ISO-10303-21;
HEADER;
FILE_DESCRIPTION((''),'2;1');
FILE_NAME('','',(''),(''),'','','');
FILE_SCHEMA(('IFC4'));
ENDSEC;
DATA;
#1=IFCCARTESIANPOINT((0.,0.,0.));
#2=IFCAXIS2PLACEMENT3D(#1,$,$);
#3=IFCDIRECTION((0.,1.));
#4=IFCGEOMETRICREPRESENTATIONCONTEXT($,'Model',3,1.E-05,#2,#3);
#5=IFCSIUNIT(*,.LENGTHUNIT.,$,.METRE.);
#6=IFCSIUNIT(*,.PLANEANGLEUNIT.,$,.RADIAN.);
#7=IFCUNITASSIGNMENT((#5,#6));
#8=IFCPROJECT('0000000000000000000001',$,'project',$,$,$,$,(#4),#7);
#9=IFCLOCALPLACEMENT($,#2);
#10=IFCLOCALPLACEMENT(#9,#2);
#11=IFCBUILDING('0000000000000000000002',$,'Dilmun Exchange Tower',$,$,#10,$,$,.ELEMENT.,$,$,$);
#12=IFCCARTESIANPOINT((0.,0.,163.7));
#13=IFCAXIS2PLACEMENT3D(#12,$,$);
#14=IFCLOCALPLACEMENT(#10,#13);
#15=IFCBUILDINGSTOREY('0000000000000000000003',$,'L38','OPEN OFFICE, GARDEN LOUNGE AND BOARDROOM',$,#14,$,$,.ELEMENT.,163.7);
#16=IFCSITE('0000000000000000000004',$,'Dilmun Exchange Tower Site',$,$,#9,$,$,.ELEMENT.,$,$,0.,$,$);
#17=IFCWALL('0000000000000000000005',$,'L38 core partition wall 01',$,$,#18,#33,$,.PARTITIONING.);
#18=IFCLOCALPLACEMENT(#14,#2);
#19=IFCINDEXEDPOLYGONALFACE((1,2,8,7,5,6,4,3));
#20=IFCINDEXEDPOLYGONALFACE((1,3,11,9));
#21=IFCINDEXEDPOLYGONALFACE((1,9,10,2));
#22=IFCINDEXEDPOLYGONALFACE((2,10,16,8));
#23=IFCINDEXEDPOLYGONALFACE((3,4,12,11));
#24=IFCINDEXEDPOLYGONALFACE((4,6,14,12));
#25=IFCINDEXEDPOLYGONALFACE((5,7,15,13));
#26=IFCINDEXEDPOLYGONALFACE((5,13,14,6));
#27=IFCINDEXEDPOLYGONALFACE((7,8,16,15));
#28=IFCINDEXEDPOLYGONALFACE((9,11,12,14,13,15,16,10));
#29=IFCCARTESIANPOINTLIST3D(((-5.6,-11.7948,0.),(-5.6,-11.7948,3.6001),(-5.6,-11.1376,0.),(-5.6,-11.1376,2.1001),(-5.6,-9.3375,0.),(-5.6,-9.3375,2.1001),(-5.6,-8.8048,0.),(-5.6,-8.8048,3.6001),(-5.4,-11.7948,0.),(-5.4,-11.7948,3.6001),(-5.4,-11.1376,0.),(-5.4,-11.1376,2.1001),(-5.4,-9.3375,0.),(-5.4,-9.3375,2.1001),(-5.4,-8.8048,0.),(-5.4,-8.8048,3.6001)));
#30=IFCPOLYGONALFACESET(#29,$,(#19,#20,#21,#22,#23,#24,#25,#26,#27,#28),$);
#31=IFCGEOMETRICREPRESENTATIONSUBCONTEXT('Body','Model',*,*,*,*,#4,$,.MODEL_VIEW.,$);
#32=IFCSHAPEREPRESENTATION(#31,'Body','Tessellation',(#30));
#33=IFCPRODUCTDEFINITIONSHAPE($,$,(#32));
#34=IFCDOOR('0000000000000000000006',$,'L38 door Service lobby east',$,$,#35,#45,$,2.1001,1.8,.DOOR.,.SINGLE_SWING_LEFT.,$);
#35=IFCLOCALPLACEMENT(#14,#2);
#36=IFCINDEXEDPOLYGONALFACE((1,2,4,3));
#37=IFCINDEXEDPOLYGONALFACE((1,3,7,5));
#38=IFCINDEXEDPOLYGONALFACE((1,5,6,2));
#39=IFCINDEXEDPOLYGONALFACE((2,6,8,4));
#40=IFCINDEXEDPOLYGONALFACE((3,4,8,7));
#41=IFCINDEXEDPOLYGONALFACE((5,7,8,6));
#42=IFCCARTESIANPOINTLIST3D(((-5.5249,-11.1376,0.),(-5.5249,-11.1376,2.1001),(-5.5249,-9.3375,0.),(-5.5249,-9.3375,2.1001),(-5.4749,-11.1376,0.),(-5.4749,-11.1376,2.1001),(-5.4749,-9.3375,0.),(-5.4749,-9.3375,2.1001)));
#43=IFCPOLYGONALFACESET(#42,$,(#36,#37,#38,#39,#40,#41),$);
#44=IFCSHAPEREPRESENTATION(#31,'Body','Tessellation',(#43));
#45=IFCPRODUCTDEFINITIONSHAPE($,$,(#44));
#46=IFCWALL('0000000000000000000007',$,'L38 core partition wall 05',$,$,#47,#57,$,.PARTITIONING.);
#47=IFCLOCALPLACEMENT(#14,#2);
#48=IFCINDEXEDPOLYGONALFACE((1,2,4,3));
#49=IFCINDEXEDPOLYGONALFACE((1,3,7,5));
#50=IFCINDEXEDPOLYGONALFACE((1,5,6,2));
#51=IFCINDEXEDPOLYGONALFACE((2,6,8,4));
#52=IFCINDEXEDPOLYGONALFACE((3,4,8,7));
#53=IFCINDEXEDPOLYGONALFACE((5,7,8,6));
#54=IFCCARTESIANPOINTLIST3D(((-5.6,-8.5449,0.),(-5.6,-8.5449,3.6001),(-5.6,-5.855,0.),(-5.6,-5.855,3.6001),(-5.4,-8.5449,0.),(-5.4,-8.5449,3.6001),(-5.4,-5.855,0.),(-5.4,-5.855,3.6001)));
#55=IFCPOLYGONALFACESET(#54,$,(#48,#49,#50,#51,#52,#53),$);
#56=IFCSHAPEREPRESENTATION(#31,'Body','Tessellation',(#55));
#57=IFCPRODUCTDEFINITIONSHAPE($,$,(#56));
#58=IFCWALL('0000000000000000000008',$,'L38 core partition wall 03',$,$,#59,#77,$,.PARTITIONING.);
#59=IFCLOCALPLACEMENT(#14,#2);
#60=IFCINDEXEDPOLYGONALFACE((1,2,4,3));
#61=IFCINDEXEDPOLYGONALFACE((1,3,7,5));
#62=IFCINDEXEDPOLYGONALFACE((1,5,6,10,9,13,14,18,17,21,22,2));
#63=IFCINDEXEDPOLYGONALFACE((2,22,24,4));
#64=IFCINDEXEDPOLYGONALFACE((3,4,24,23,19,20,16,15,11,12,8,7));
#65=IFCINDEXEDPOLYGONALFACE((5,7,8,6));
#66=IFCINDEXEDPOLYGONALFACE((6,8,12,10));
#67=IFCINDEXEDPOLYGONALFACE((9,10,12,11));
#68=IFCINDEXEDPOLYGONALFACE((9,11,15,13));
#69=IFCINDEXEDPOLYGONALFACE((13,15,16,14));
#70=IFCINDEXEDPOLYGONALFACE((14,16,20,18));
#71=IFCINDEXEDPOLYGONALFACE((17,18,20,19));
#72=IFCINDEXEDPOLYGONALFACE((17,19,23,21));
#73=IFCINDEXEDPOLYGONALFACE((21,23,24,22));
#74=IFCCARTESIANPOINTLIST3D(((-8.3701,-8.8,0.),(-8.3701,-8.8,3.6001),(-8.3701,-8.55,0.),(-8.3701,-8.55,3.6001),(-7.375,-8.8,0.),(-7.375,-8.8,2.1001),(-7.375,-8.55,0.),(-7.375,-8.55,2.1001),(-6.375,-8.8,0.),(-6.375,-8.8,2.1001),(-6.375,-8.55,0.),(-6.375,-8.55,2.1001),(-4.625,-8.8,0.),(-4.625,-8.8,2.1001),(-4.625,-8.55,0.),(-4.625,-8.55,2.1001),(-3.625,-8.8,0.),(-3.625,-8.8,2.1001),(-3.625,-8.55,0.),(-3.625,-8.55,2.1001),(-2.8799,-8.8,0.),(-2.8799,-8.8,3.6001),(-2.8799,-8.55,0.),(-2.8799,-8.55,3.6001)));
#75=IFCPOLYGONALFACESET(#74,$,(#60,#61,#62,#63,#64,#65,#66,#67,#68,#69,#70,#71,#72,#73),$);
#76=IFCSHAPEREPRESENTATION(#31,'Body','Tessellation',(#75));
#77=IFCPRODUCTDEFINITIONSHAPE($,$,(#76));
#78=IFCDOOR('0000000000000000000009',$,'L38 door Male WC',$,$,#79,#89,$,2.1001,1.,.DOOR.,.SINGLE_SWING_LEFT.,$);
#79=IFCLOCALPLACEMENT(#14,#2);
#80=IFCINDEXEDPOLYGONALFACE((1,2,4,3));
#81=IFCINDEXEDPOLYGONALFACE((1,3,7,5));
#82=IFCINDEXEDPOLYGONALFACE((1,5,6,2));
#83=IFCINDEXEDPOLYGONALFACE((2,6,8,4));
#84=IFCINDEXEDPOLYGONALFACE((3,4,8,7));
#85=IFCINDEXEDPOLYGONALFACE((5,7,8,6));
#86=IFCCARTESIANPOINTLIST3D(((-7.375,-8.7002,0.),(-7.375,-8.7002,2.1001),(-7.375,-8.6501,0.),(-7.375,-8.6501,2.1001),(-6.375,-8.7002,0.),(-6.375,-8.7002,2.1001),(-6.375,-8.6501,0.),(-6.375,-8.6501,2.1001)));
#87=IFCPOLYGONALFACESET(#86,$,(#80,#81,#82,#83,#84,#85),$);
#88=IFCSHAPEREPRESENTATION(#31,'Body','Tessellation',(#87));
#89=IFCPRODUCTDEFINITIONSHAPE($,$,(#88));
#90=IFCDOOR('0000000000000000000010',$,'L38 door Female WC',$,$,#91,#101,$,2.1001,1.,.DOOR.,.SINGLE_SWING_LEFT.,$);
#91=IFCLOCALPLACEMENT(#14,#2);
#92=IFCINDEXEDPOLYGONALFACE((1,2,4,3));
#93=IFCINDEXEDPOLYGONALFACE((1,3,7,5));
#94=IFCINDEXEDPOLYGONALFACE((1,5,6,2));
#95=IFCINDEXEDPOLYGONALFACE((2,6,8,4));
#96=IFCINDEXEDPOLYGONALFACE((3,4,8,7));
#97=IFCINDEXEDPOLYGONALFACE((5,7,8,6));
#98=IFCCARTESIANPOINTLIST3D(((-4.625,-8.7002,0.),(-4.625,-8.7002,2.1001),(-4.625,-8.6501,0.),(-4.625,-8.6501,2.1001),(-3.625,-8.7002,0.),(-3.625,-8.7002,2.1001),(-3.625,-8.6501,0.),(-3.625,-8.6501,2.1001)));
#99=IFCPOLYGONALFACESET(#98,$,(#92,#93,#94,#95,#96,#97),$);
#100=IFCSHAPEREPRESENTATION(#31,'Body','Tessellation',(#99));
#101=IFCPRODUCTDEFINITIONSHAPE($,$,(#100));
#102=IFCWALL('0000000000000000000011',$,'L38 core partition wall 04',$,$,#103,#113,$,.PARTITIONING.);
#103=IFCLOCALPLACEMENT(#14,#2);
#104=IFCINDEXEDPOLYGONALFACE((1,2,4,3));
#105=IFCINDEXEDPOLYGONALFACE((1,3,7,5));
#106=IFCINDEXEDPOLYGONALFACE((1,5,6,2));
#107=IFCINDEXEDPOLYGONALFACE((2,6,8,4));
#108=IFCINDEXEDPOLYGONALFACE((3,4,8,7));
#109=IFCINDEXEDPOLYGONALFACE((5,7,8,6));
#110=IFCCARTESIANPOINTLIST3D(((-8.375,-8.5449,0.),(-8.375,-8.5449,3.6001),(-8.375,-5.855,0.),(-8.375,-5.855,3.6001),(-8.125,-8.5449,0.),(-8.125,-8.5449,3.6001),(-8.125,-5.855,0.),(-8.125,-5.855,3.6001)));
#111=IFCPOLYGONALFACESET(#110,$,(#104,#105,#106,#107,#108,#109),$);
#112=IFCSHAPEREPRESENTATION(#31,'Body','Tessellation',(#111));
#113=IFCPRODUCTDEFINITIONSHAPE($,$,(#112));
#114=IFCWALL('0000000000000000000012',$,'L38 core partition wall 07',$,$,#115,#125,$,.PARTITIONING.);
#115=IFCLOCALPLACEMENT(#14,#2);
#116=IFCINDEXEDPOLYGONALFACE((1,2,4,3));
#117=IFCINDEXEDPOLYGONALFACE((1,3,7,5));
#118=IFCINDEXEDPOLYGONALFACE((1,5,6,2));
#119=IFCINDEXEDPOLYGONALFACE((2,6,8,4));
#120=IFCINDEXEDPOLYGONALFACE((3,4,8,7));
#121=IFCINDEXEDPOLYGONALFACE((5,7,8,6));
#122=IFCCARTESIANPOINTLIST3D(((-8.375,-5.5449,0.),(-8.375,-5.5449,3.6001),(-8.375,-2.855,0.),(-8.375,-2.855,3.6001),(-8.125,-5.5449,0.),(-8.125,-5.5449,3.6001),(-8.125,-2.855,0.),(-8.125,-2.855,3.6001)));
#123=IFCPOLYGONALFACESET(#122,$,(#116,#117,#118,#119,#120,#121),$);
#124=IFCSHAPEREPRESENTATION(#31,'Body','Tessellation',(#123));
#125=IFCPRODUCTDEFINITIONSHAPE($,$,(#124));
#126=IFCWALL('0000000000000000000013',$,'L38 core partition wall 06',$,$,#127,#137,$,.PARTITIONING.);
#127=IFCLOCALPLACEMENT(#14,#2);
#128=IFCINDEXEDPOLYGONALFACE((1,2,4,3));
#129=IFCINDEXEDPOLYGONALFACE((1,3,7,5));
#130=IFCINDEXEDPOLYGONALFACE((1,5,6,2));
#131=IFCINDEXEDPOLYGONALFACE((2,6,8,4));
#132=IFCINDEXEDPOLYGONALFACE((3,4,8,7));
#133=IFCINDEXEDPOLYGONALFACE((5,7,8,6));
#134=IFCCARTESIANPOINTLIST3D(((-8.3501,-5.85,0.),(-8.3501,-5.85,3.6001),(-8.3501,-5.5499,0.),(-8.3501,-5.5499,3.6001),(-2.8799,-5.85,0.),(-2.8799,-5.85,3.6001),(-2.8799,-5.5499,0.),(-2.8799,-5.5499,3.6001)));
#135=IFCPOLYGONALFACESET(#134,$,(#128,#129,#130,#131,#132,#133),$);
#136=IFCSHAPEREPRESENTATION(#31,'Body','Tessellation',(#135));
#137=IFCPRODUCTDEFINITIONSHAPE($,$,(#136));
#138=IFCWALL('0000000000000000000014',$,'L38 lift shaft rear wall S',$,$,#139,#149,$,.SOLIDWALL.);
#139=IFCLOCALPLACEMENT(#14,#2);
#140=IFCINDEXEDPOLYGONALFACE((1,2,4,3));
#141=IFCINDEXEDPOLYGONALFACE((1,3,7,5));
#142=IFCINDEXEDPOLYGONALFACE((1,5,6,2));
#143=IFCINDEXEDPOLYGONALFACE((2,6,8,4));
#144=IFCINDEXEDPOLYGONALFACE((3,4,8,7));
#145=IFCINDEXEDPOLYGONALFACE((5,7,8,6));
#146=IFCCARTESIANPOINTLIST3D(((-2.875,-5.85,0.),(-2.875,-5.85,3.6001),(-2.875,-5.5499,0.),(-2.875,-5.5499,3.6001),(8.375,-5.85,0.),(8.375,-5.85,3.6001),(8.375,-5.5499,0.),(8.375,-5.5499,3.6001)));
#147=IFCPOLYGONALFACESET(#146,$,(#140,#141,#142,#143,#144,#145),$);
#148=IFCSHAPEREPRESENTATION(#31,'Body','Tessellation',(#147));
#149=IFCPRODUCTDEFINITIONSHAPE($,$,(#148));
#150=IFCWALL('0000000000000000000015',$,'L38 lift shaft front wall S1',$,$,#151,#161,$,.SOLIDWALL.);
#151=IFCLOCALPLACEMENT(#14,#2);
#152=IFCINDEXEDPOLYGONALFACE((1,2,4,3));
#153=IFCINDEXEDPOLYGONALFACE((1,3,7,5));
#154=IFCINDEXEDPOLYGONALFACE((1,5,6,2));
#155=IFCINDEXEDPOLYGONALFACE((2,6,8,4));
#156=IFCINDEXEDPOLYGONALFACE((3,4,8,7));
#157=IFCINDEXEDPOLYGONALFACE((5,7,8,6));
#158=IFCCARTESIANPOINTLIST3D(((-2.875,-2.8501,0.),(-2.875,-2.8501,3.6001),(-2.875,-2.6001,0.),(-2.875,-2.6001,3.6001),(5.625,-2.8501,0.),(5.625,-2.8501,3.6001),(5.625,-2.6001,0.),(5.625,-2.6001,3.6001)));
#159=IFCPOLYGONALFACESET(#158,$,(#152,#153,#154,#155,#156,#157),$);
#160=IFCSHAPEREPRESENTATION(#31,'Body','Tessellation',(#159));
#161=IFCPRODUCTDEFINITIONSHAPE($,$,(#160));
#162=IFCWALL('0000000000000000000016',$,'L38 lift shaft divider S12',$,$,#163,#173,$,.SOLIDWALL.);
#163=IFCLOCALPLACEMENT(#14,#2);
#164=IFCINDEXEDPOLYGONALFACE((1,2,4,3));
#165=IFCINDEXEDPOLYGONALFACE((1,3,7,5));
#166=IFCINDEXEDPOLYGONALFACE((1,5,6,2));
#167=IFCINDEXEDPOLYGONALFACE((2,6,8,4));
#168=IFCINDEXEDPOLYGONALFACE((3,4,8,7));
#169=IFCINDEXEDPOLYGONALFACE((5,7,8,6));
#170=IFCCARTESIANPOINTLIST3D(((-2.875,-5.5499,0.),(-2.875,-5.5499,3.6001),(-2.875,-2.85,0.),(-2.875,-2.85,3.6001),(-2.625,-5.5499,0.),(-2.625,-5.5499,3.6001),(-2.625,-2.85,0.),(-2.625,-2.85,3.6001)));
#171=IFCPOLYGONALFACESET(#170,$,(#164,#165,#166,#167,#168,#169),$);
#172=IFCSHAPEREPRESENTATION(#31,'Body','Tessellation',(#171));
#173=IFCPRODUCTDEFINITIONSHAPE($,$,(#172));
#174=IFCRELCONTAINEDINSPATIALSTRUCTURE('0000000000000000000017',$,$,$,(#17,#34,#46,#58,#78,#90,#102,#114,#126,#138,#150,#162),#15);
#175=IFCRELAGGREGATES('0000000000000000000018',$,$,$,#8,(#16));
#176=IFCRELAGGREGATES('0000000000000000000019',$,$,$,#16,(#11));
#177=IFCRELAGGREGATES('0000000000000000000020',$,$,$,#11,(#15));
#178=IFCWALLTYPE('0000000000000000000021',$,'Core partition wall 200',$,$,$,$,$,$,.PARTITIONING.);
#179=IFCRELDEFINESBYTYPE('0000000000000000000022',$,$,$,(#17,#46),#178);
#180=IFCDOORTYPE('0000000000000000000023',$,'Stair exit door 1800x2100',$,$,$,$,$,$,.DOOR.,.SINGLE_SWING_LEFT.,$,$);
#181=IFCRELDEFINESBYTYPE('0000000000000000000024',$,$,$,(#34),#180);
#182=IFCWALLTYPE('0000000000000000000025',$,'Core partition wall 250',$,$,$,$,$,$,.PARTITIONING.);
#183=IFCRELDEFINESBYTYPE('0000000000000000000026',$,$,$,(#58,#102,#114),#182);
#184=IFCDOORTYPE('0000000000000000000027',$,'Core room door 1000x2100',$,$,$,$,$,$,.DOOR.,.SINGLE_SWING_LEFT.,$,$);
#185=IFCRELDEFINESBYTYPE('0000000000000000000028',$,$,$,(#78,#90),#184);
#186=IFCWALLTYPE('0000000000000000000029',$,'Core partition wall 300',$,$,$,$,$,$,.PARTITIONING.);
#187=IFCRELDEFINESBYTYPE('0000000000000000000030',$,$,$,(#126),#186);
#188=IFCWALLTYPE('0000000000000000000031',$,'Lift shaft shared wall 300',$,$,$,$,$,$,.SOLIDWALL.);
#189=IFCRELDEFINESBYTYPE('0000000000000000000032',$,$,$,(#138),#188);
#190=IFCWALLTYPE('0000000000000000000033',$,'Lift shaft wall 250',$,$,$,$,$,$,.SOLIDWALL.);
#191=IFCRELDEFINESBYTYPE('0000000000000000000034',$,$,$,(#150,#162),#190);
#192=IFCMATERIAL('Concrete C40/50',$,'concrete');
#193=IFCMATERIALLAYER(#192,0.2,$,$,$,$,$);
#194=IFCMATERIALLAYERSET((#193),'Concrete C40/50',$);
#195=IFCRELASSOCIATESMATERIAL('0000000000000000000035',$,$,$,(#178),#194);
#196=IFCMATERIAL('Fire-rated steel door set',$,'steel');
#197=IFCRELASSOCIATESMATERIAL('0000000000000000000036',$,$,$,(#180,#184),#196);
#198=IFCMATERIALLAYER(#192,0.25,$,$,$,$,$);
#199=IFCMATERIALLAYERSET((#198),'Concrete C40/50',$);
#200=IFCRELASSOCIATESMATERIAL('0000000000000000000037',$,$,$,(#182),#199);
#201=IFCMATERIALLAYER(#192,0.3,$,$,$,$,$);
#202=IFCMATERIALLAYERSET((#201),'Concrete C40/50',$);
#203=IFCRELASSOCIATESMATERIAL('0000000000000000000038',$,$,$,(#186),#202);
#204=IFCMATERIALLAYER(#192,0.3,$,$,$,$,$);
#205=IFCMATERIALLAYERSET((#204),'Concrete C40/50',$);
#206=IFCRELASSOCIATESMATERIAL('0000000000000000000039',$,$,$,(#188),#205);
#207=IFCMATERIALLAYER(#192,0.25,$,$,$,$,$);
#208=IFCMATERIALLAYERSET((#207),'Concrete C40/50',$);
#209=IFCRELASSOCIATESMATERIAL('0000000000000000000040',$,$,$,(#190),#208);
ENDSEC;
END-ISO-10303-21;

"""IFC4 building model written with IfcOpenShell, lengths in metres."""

from ifc_helpers import new_model, si_unit, direction, frame, frame_2d, origin, place, context, subcontext, project, spatial, rectangle, extrude, material, layer, layer_set, type_object, element, fill, save


model = new_model("IFC4")

# Units and contexts
model_context = context("Model", 3, precision=1e-05, world=origin(), true_north=direction((0.0, 1.0)))
body_context = subcontext(model_context, "Body", "Model", "MODEL_VIEW")
ifc_project = project(units=[si_unit("LENGTHUNIT", "METRE"), si_unit("PLANEANGLEUNIT", "RADIAN")], contexts=[model_context])

# Site, building, storey
site_placement = place(None, origin())
site = spatial("IfcSite", under=ifc_project, at=site_placement, Name="Dilmun Exchange Tower Site", CompositionType="ELEMENT", RefElevation=0.0)
building_placement = place(site_placement, origin())
building = spatial("IfcBuilding", under=site, at=building_placement, Name="Dilmun Exchange Tower", CompositionType="ELEMENT")
storey_placement = place(building_placement, frame((0.0, 0.0, 163.7)))
storey = spatial("IfcBuildingStorey", under=building, at=storey_placement, Name="L38", Description="OPEN OFFICE, GARDEN LOUNGE AND BOARDROOM", CompositionType="ELEMENT", Elevation=163.7)

# Wall, opening, door
ifc_material_1 = material(Name="Concrete C40/50", Category="concrete")
ifc_layer_1 = layer(ifc_material_1, 0.2)
ifc_layer_set_1 = layer_set([ifc_layer_1], Name="Concrete C40/50")
wall_type_1 = type_object("IfcWallType", Name="Core partition wall 200", PredefinedType="PARTITIONING", material=ifc_layer_set_1)
wall_1_placement = place(storey_placement, frame((-5.5, -11.7949, 0.0), z_axis=(0.0, 0.0, 1.0), x_axis=(0.0, 1.0, 0.0)))
wall_1 = element("IfcWall", 1, at=wall_1_placement, inside=storey, type_object=wall_type_1, Name="L38 core partition wall 01", PredefinedType="PARTITIONING", context=body_context, shape_type="SweptSolid", body=[
    extrude(rectangle(XDim=2.99, YDim=0.2, at=frame_2d((1.4951, 0.0))), origin(), (0.0, 0.0, 1.0), 3.6001),
])
opening_1_placement = place(wall_1_placement, frame((0.6575, 0.0, 0.0)))
opening_1 = element("IfcOpeningElement", 2, at=opening_1_placement, cuts=wall_1, PredefinedType="OPENING", context=body_context, shape_type="SweptSolid", body=[
    extrude(rectangle(XDim=1.8, YDim=2.1001, at=frame_2d((0.8999, 1.05))), frame((0.0, 0.1099, 0.0), z_axis=(0.0, -1.0, 0.0), x_axis=(1.0, 0.0, 0.0)), (0.0, 0.0, 1.0), 0.22),
])
ifc_material_2 = material(Name="Fire-rated steel door set", Category="steel")
door_type_1 = type_object("IfcDoorType", Name="Stair exit door 1800x2100", OperationType="SINGLE_SWING_LEFT", PredefinedType="DOOR", material=ifc_material_2)
door_1_placement = place(opening_1_placement, origin())
door_1 = element("IfcDoor", 3, at=door_1_placement, inside=storey, type_object=door_type_1, Name="L38 door Service lobby east", OperationType="SINGLE_SWING_LEFT", OverallHeight=2.1001, OverallWidth=1.8, PredefinedType="DOOR", context=body_context, shape_type="SweptSolid", body=[
    extrude(rectangle(XDim=1.8, YDim=2.1001, at=frame_2d((0.8999, 1.05))), frame((0.0, 0.0249, 0.0), z_axis=(0.0, -1.0, 0.0), x_axis=(1.0, 0.0, 0.0)), (0.0, 0.0, 1.0), 0.05),
])
fill(opening_1, door_1)

# Wall
wall_2_placement = place(storey_placement, frame((-5.5, -8.5449, 0.0), z_axis=(0.0, 0.0, 1.0), x_axis=(0.0, 1.0, 0.0)))
element("IfcWall", 4, at=wall_2_placement, inside=storey, type_object=wall_type_1, Name="L38 core partition wall 05", PredefinedType="PARTITIONING", context=body_context, shape_type="SweptSolid", body=[
    extrude(rectangle(XDim=2.6899, YDim=0.2, at=frame_2d((1.345, 0.0))), origin(), (0.0, 0.0, 1.0), 3.6001),
])

# Wall, openings, doors
ifc_layer_2 = layer(ifc_material_1, 0.25)
ifc_layer_set_2 = layer_set([ifc_layer_2], Name="Concrete C40/50")
wall_type_2 = type_object("IfcWallType", Name="Core partition wall 250", PredefinedType="PARTITIONING", material=ifc_layer_set_2)
wall_3_placement = place(storey_placement, frame((-8.3701, -8.675, 0.0), z_axis=(0.0, 0.0, 1.0), x_axis=(1.0, 0.0, 0.0)))
wall_3 = element("IfcWall", 5, at=wall_3_placement, inside=storey, type_object=wall_type_2, Name="L38 core partition wall 03", PredefinedType="PARTITIONING", context=body_context, shape_type="SweptSolid", body=[
    extrude(rectangle(XDim=5.4902, YDim=0.25, at=frame_2d((2.7451, 0.0))), origin(), (0.0, 0.0, 1.0), 3.6001),
])
opening_2_placement = place(wall_3_placement, frame((0.9951, 0.0, 0.0)))
opening_2 = element("IfcOpeningElement", 6, at=opening_2_placement, cuts=wall_3, PredefinedType="OPENING", context=body_context, shape_type="SweptSolid", body=[
    extrude(rectangle(XDim=1.0, YDim=2.1001, at=frame_2d((0.5, 1.05))), frame((0.0, 0.135, 0.0), z_axis=(0.0, -1.0, 0.0), x_axis=(1.0, 0.0, 0.0)), (0.0, 0.0, 1.0), 0.27),
])
opening_3_placement = place(wall_3_placement, frame((3.7451, 0.0, 0.0)))
opening_3 = element("IfcOpeningElement", 7, at=opening_3_placement, cuts=wall_3, PredefinedType="OPENING", context=body_context, shape_type="SweptSolid", body=[
    extrude(rectangle(XDim=1.0, YDim=2.1001, at=frame_2d((0.5, 1.05))), frame((0.0, 0.135, 0.0), z_axis=(0.0, -1.0, 0.0), x_axis=(1.0, 0.0, 0.0)), (0.0, 0.0, 1.0), 0.27),
])
door_type_2 = type_object("IfcDoorType", Name="Core room door 1000x2100", OperationType="SINGLE_SWING_LEFT", PredefinedType="DOOR", material=ifc_material_2)
door_2_placement = place(opening_2_placement, origin())
door_2 = element("IfcDoor", 8, at=door_2_placement, inside=storey, type_object=door_type_2, Name="L38 door Male WC", OperationType="SINGLE_SWING_LEFT", OverallHeight=2.1001, OverallWidth=1.0, PredefinedType="DOOR", context=body_context, shape_type="SweptSolid", body=[
    extrude(rectangle(XDim=1.0, YDim=2.1001, at=frame_2d((0.5, 1.05))), frame((0.0, 0.0249, 0.0), z_axis=(0.0, -1.0, 0.0), x_axis=(1.0, 0.0, 0.0)), (0.0, 0.0, 1.0), 0.05),
])
fill(opening_2, door_2)
door_3_placement = place(opening_3_placement, origin())
door_3 = element("IfcDoor", 9, at=door_3_placement, inside=storey, type_object=door_type_2, Name="L38 door Female WC", OperationType="SINGLE_SWING_LEFT", OverallHeight=2.1001, OverallWidth=1.0, PredefinedType="DOOR", context=body_context, shape_type="SweptSolid", body=[
    extrude(rectangle(XDim=1.0, YDim=2.1001, at=frame_2d((0.5, 1.05))), frame((0.0, 0.0249, 0.0), z_axis=(0.0, -1.0, 0.0), x_axis=(1.0, 0.0, 0.0)), (0.0, 0.0, 1.0), 0.05),
])
fill(opening_3, door_3)

# Walls
for number, where, z_axis, x_axis, name in (
    (10, (-8.25, -8.5449, 0.0), (0.0, 0.0, 1.0), (0.0, 1.0, 0.0), "L38 core partition wall 04"),
    (11, (-8.25, -5.5449, 0.0), (0.0, 0.0, 1.0), (0.0, 1.0, 0.0), "L38 core partition wall 07"),
):
    element("IfcWall", number, at=place(storey_placement, frame(where, z_axis=z_axis, x_axis=x_axis)), inside=storey, type_object=wall_type_2, Name=name, PredefinedType="PARTITIONING", context=body_context, shape_type="SweptSolid", body=[
        extrude(rectangle(XDim=2.6899, YDim=0.25, at=frame_2d((1.345, 0.0))), origin(), (0.0, 0.0, 1.0), 3.6001),
    ])
ifc_layer_3 = layer(ifc_material_1, 0.3)
ifc_layer_set_3 = layer_set([ifc_layer_3], Name="Concrete C40/50")
wall_type_3 = type_object("IfcWallType", Name="Core partition wall 300", PredefinedType="PARTITIONING", material=ifc_layer_set_3)
wall_4_placement = place(storey_placement, frame((-8.3501, -5.7, 0.0), z_axis=(0.0, 0.0, 1.0), x_axis=(1.0, 0.0, 0.0)))
element("IfcWall", 12, at=wall_4_placement, inside=storey, type_object=wall_type_3, Name="L38 core partition wall 06", PredefinedType="PARTITIONING", context=body_context, shape_type="SweptSolid", body=[
    extrude(rectangle(XDim=5.4702, YDim=0.3, at=frame_2d((2.7351, 0.0))), origin(), (0.0, 0.0, 1.0), 3.6001),
])
ifc_layer_4 = layer(ifc_material_1, 0.3)
ifc_layer_set_4 = layer_set([ifc_layer_4], Name="Concrete C40/50")
wall_type_4 = type_object("IfcWallType", Name="Lift shaft shared wall 300", PredefinedType="SOLIDWALL", material=ifc_layer_set_4)
wall_5_placement = place(storey_placement, frame((-2.875, -5.7, 0.0), z_axis=(0.0, 0.0, 1.0), x_axis=(1.0, 0.0, 0.0)))
element("IfcWall", 13, at=wall_5_placement, inside=storey, type_object=wall_type_4, Name="L38 lift shaft rear wall S", PredefinedType="SOLIDWALL", context=body_context, shape_type="SweptSolid", body=[
    extrude(rectangle(XDim=11.25, YDim=0.3, at=frame_2d((5.625, 0.0))), origin(), (0.0, 0.0, 1.0), 3.6001),
])
ifc_layer_5 = layer(ifc_material_1, 0.25)
ifc_layer_set_5 = layer_set([ifc_layer_5], Name="Concrete C40/50")
wall_type_5 = type_object("IfcWallType", Name="Lift shaft wall 250", PredefinedType="SOLIDWALL", material=ifc_layer_set_5)
wall_6_placement = place(storey_placement, frame((-2.875, -2.7251, 0.0), z_axis=(0.0, 0.0, 1.0), x_axis=(1.0, 0.0, 0.0)))
element("IfcWall", 14, at=wall_6_placement, inside=storey, type_object=wall_type_5, Name="L38 lift shaft front wall S1", PredefinedType="SOLIDWALL", context=body_context, shape_type="SweptSolid", body=[
    extrude(rectangle(XDim=8.5, YDim=0.25, at=frame_2d((4.25, 0.0))), origin(), (0.0, 0.0, 1.0), 3.6001),
])
for number, where, z_axis, x_axis, name in (
    (15, (-2.75, -5.55, 0.0), (0.0, 0.0, 1.0), (0.0, 1.0, 0.0), "L38 lift shaft divider S12"),
):
    element("IfcWall", number, at=place(storey_placement, frame(where, z_axis=z_axis, x_axis=x_axis)), inside=storey, type_object=wall_type_5, Name=name, PredefinedType="SOLIDWALL", context=body_context, shape_type="SweptSolid", body=[
        extrude(rectangle(XDim=2.7, YDim=0.25, at=frame_2d((1.3501, 0.0))), origin(), (0.0, 0.0, 1.0), 3.6001),
    ])

save(model, "model.ifc")
